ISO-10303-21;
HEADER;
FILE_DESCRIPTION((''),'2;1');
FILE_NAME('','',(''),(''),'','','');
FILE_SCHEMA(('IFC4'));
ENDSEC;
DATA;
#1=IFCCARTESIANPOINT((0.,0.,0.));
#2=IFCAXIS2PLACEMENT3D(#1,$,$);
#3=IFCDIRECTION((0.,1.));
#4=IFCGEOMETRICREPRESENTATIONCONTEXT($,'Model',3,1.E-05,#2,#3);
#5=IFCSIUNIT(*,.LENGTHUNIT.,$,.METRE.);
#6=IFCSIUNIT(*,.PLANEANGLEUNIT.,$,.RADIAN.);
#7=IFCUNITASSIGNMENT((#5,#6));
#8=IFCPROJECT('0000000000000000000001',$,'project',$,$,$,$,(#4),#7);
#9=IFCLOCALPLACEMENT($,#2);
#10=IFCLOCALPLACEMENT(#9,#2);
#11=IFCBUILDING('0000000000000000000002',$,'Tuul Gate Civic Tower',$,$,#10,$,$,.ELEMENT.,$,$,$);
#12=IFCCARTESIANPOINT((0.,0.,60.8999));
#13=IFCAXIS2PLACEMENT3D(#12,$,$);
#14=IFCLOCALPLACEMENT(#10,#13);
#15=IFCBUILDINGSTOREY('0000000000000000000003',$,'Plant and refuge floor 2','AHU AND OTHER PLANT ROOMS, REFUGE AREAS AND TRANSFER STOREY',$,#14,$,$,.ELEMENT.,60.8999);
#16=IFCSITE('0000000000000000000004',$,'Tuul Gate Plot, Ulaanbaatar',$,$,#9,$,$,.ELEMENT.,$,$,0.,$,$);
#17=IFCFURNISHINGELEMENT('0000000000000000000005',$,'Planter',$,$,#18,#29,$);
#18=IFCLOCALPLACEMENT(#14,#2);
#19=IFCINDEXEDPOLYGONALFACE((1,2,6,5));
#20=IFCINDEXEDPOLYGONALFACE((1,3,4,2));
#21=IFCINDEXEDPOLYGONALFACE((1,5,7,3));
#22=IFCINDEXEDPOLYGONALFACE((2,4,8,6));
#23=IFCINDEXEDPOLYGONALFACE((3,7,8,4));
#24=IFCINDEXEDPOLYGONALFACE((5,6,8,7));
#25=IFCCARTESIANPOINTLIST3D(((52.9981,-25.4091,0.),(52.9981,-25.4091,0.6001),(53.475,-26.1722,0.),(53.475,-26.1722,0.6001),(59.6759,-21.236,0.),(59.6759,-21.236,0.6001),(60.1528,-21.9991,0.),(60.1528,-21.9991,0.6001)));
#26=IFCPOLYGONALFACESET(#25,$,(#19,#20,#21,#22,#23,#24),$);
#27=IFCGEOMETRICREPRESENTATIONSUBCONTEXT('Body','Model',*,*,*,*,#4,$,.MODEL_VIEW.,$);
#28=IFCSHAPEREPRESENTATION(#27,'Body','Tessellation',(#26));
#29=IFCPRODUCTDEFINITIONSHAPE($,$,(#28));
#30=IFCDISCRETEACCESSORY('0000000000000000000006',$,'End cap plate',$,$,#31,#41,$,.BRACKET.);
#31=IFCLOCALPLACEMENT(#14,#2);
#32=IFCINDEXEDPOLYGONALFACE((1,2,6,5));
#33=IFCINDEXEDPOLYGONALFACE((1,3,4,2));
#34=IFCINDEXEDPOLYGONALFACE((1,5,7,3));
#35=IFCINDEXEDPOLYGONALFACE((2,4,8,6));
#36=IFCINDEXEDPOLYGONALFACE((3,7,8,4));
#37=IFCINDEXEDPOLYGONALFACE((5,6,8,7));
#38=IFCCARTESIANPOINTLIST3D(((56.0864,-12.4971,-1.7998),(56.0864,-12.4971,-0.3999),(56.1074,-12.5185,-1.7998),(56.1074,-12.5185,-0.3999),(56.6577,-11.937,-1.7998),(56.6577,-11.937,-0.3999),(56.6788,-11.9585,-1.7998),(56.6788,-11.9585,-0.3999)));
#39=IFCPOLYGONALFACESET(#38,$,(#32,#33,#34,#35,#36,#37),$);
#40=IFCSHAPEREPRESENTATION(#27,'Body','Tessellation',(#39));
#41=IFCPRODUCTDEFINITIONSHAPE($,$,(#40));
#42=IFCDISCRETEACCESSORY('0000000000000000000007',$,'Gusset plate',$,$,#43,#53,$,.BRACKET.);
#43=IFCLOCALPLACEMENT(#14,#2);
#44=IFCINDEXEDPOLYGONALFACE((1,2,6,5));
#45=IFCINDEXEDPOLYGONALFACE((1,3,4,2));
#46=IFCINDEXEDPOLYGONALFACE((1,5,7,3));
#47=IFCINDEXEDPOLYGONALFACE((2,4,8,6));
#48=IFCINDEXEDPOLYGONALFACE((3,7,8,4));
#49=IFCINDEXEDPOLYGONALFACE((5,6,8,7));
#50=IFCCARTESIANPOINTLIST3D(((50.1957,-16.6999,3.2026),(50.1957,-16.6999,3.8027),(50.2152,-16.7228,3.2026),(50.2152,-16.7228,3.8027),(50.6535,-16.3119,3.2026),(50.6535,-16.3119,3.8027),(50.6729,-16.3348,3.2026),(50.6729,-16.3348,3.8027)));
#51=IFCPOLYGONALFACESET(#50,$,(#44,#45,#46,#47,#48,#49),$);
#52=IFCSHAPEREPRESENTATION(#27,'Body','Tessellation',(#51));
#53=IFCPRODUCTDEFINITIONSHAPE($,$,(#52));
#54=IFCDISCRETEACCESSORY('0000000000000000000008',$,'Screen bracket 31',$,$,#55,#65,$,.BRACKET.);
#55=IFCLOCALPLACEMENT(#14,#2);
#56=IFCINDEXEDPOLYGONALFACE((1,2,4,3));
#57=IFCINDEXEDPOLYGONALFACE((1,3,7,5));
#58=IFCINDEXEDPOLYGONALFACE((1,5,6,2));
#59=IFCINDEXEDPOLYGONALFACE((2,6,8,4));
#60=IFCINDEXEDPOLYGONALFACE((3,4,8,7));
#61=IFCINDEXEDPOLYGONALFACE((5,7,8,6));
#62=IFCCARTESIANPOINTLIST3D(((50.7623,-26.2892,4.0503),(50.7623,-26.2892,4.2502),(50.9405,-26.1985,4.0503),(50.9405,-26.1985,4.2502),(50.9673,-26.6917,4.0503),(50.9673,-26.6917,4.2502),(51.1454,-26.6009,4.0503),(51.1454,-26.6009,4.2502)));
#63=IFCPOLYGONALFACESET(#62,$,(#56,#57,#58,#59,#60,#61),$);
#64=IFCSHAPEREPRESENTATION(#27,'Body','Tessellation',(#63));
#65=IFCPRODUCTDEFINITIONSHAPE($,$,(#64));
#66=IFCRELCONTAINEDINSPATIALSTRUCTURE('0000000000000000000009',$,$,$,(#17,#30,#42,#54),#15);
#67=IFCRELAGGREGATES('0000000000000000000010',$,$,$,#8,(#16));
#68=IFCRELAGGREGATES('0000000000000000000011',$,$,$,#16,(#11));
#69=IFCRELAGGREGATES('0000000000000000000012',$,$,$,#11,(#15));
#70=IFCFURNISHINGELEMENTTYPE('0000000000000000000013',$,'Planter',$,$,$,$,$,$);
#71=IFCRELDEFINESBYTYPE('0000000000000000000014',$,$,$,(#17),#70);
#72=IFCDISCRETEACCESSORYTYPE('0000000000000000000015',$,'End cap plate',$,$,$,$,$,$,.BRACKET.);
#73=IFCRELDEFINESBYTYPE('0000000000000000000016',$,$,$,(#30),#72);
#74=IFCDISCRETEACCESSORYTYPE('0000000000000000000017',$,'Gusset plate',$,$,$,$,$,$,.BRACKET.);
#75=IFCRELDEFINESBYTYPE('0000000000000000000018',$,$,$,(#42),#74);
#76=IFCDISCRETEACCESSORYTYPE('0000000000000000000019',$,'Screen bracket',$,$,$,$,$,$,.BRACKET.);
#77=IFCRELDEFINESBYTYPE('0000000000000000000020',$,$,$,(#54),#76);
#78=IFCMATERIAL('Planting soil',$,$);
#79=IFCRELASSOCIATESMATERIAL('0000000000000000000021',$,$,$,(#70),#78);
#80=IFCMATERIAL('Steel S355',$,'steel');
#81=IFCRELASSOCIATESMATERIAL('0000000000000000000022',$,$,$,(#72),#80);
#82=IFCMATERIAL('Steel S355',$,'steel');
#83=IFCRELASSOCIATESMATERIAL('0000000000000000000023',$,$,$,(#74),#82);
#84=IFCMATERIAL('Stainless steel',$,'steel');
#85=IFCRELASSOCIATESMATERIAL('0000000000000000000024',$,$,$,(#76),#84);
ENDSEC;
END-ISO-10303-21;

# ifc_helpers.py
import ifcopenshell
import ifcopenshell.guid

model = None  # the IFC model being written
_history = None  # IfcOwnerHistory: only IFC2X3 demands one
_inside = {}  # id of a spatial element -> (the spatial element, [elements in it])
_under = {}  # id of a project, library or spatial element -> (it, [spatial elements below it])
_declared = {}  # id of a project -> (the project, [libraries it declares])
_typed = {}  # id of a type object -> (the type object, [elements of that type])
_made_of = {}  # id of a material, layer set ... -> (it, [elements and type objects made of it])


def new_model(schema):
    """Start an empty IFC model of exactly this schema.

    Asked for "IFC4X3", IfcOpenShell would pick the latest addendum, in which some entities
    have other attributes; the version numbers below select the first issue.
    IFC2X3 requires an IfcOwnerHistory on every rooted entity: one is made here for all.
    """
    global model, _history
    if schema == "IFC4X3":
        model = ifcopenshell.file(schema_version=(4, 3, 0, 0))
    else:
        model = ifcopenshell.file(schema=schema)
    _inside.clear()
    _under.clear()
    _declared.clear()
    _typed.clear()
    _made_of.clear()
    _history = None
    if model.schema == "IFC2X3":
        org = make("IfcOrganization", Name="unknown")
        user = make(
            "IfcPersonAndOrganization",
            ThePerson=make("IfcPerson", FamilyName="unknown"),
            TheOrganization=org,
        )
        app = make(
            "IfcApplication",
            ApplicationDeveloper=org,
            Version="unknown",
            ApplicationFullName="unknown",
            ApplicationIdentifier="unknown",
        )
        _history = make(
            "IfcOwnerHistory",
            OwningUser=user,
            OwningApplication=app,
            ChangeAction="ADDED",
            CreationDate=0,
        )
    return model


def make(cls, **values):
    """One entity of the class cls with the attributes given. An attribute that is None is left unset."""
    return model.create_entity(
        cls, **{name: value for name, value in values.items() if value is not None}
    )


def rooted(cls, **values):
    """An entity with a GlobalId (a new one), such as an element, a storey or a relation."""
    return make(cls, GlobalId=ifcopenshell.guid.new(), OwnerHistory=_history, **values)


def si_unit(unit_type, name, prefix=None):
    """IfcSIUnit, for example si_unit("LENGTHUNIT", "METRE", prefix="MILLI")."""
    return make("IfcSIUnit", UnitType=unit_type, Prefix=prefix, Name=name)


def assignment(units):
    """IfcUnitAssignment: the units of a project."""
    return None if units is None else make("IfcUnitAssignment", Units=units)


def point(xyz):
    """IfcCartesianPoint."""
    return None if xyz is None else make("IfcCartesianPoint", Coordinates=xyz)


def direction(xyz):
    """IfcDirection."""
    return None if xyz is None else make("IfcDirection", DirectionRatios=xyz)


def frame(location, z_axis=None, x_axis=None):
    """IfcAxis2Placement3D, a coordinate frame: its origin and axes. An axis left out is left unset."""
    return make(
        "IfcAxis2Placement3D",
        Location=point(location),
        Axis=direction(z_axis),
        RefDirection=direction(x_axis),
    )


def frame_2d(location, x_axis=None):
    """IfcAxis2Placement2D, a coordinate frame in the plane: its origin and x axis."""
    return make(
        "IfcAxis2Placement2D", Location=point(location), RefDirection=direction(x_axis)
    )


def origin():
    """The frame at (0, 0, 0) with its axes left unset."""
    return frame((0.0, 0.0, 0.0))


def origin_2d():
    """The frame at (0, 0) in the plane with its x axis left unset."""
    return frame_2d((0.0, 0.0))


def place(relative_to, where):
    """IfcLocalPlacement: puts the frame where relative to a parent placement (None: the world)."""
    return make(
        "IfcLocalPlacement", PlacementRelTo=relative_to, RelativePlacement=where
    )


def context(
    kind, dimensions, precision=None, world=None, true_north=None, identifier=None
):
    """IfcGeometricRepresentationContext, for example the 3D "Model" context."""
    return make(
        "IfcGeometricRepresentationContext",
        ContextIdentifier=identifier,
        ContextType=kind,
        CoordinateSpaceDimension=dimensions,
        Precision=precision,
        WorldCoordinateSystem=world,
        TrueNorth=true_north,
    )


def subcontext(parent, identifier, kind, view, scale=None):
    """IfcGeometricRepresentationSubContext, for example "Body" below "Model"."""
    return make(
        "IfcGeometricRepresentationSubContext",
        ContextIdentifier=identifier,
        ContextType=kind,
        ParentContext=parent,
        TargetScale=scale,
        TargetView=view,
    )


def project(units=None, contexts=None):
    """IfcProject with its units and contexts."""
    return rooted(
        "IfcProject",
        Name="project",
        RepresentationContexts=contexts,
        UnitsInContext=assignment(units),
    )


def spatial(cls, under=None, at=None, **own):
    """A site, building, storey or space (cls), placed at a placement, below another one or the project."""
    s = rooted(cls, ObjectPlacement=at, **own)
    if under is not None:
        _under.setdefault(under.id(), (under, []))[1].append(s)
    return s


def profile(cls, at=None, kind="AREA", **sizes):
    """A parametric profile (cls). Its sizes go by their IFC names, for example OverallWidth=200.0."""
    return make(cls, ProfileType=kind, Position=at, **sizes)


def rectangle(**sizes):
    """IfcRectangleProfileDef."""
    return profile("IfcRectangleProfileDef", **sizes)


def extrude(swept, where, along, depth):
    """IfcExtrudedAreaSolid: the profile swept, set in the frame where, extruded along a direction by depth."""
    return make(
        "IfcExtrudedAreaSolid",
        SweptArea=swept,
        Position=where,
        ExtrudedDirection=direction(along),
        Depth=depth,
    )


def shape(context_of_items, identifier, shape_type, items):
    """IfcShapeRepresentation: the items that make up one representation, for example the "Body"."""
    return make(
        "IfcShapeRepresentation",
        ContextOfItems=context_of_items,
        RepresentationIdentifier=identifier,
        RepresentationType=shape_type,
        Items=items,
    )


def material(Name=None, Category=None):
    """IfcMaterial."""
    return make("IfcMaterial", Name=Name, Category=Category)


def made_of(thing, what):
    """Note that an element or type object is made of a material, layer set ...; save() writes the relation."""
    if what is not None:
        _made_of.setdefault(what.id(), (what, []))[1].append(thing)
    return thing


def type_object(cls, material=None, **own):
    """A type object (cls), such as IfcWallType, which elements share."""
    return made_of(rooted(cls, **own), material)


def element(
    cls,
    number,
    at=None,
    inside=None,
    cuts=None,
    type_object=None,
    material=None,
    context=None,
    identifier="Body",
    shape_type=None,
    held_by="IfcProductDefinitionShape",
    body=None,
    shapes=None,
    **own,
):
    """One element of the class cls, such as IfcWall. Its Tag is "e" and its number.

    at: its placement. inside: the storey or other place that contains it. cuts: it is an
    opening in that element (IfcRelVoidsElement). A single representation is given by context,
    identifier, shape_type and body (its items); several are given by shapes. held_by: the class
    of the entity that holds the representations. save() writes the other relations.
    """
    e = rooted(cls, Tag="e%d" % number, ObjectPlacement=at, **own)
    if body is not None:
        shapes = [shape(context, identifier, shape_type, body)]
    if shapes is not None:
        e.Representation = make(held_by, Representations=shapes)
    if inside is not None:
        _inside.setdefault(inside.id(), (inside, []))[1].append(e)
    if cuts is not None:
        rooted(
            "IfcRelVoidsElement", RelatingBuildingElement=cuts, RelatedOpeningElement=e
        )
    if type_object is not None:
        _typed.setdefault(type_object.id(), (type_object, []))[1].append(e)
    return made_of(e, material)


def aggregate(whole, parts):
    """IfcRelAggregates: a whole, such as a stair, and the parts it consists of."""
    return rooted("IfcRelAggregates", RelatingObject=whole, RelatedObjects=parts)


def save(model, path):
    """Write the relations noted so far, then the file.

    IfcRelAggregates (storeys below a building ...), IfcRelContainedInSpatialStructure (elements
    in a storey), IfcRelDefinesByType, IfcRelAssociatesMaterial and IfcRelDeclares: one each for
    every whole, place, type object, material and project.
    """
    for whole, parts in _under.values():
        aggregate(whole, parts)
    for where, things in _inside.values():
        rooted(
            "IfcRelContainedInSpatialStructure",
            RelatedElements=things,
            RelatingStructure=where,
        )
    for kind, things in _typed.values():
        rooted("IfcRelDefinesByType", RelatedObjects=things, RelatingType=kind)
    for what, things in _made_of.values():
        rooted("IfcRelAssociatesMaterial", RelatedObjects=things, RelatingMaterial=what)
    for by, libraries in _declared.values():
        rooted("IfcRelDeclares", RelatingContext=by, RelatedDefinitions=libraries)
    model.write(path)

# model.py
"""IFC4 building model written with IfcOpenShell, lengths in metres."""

from ifc_helpers import new_model, si_unit, direction, frame, origin, origin_2d, place, context, subcontext, project, spatial, rectangle, extrude, material, type_object, element, save


model = new_model("IFC4")

# Units and contexts
model_context = context("Model", 3, precision=1e-05, world=origin(), true_north=direction((0.0, 1.0)))
body_context = subcontext(model_context, "Body", "Model", "MODEL_VIEW")
ifc_project = project(units=[si_unit("LENGTHUNIT", "METRE"), si_unit("PLANEANGLEUNIT", "RADIAN")], contexts=[model_context])

# Site, building, storey
site_placement = place(None, origin())
site = spatial("IfcSite", under=ifc_project, at=site_placement, Name="Tuul Gate Plot, Ulaanbaatar", CompositionType="ELEMENT", RefElevation=0.0)
building_placement = place(site_placement, origin())
building = spatial("IfcBuilding", under=site, at=building_placement, Name="Tuul Gate Civic Tower", CompositionType="ELEMENT")
storey_placement = place(building_placement, frame((0.0, 0.0, 60.8999)))
storey = spatial("IfcBuildingStorey", under=building, at=storey_placement, Name="Plant and refuge floor 2", Description="AHU AND OTHER PLANT ROOMS, REFUGE AREAS AND TRANSFER STOREY", CompositionType="ELEMENT", Elevation=60.8999)

# Furnishing element
ifc_material_1 = material(Name="Planting soil")
furnishing_element_type = type_object("IfcFurnishingElementType", Name="Planter", material=ifc_material_1)
for number, where, z_axis, x_axis, name in (
    (1, (56.5754, -23.7041, 0.0), (0.0, 0.0, 1.0), (0.848029, 0.52995, 0.0), "Planter"),
):
    element("IfcFurnishingElement", number, at=place(storey_placement, frame(where, z_axis=z_axis, x_axis=x_axis)), inside=storey, type_object=furnishing_element_type, Name=name, context=body_context, shape_type="SweptSolid", body=[
        extrude(rectangle(XDim=7.8745, YDim=0.8999, at=origin_2d()), origin(), (0.0, 0.0, 1.0), 0.6001),
    ])

# Discrete accessories
ifc_material_2 = material(Name="Steel S355", Category="steel")
discrete_accessory_type_1 = type_object("IfcDiscreteAccessoryType", Name="End cap plate", PredefinedType="BRACKET", material=ifc_material_2)
discrete_accessory_1_placement = place(storey_placement, frame((56.3826, -12.2278, -1.7998), z_axis=(0.0, 0.0, 1.0), x_axis=(-0.7, 0.714143, 0.0)))
element("IfcDiscreteAccessory", 2, at=discrete_accessory_1_placement, inside=storey, type_object=discrete_accessory_type_1, Name="End cap plate", PredefinedType="BRACKET", context=body_context, shape_type="SweptSolid", body=[
    extrude(rectangle(XDim=0.03, YDim=0.8, at=origin_2d()), origin(), (0.0, 0.0, 1.0), 1.3999),
])
ifc_material_3 = material(Name="Steel S355", Category="steel")
discrete_accessory_type_2 = type_object("IfcDiscreteAccessoryType", Name="Gusset plate", PredefinedType="BRACKET", material=ifc_material_3)
discrete_accessory_2_placement = place(storey_placement, frame((50.4343, -16.5173, 3.2026), z_axis=(0.0, 0.0, 1.0), x_axis=(0.762825, 0.646605, 0.0)))
element("IfcDiscreteAccessory", 3, at=discrete_accessory_2_placement, inside=storey, type_object=discrete_accessory_type_2, Name="Gusset plate", PredefinedType="BRACKET", context=body_context, shape_type="SweptSolid", body=[
    extrude(rectangle(XDim=0.6001, YDim=0.03, at=origin_2d()), origin(), (0.0, 0.0, 1.0), 0.6001),
])
ifc_material_4 = material(Name="Stainless steel", Category="steel")
discrete_accessory_type_3 = type_object("IfcDiscreteAccessoryType", Name="Screen bracket", PredefinedType="BRACKET", material=ifc_material_4)
discrete_accessory_3_placement = place(storey_placement, frame((50.9539, -26.4451, 4.0503), z_axis=(0.0, 0.0, 1.0), x_axis=(0.453849, -0.891079, 0.0)))
element("IfcDiscreteAccessory", 4, at=discrete_accessory_3_placement, inside=storey, type_object=discrete_accessory_type_3, Name="Screen bracket 31", PredefinedType="BRACKET", context=body_context, shape_type="SweptSolid", body=[
    extrude(rectangle(XDim=0.4517, YDim=0.2, at=origin_2d()), origin(), (0.0, 0.0, 1.0), 0.2),
])

save(model, "model.ifc")
